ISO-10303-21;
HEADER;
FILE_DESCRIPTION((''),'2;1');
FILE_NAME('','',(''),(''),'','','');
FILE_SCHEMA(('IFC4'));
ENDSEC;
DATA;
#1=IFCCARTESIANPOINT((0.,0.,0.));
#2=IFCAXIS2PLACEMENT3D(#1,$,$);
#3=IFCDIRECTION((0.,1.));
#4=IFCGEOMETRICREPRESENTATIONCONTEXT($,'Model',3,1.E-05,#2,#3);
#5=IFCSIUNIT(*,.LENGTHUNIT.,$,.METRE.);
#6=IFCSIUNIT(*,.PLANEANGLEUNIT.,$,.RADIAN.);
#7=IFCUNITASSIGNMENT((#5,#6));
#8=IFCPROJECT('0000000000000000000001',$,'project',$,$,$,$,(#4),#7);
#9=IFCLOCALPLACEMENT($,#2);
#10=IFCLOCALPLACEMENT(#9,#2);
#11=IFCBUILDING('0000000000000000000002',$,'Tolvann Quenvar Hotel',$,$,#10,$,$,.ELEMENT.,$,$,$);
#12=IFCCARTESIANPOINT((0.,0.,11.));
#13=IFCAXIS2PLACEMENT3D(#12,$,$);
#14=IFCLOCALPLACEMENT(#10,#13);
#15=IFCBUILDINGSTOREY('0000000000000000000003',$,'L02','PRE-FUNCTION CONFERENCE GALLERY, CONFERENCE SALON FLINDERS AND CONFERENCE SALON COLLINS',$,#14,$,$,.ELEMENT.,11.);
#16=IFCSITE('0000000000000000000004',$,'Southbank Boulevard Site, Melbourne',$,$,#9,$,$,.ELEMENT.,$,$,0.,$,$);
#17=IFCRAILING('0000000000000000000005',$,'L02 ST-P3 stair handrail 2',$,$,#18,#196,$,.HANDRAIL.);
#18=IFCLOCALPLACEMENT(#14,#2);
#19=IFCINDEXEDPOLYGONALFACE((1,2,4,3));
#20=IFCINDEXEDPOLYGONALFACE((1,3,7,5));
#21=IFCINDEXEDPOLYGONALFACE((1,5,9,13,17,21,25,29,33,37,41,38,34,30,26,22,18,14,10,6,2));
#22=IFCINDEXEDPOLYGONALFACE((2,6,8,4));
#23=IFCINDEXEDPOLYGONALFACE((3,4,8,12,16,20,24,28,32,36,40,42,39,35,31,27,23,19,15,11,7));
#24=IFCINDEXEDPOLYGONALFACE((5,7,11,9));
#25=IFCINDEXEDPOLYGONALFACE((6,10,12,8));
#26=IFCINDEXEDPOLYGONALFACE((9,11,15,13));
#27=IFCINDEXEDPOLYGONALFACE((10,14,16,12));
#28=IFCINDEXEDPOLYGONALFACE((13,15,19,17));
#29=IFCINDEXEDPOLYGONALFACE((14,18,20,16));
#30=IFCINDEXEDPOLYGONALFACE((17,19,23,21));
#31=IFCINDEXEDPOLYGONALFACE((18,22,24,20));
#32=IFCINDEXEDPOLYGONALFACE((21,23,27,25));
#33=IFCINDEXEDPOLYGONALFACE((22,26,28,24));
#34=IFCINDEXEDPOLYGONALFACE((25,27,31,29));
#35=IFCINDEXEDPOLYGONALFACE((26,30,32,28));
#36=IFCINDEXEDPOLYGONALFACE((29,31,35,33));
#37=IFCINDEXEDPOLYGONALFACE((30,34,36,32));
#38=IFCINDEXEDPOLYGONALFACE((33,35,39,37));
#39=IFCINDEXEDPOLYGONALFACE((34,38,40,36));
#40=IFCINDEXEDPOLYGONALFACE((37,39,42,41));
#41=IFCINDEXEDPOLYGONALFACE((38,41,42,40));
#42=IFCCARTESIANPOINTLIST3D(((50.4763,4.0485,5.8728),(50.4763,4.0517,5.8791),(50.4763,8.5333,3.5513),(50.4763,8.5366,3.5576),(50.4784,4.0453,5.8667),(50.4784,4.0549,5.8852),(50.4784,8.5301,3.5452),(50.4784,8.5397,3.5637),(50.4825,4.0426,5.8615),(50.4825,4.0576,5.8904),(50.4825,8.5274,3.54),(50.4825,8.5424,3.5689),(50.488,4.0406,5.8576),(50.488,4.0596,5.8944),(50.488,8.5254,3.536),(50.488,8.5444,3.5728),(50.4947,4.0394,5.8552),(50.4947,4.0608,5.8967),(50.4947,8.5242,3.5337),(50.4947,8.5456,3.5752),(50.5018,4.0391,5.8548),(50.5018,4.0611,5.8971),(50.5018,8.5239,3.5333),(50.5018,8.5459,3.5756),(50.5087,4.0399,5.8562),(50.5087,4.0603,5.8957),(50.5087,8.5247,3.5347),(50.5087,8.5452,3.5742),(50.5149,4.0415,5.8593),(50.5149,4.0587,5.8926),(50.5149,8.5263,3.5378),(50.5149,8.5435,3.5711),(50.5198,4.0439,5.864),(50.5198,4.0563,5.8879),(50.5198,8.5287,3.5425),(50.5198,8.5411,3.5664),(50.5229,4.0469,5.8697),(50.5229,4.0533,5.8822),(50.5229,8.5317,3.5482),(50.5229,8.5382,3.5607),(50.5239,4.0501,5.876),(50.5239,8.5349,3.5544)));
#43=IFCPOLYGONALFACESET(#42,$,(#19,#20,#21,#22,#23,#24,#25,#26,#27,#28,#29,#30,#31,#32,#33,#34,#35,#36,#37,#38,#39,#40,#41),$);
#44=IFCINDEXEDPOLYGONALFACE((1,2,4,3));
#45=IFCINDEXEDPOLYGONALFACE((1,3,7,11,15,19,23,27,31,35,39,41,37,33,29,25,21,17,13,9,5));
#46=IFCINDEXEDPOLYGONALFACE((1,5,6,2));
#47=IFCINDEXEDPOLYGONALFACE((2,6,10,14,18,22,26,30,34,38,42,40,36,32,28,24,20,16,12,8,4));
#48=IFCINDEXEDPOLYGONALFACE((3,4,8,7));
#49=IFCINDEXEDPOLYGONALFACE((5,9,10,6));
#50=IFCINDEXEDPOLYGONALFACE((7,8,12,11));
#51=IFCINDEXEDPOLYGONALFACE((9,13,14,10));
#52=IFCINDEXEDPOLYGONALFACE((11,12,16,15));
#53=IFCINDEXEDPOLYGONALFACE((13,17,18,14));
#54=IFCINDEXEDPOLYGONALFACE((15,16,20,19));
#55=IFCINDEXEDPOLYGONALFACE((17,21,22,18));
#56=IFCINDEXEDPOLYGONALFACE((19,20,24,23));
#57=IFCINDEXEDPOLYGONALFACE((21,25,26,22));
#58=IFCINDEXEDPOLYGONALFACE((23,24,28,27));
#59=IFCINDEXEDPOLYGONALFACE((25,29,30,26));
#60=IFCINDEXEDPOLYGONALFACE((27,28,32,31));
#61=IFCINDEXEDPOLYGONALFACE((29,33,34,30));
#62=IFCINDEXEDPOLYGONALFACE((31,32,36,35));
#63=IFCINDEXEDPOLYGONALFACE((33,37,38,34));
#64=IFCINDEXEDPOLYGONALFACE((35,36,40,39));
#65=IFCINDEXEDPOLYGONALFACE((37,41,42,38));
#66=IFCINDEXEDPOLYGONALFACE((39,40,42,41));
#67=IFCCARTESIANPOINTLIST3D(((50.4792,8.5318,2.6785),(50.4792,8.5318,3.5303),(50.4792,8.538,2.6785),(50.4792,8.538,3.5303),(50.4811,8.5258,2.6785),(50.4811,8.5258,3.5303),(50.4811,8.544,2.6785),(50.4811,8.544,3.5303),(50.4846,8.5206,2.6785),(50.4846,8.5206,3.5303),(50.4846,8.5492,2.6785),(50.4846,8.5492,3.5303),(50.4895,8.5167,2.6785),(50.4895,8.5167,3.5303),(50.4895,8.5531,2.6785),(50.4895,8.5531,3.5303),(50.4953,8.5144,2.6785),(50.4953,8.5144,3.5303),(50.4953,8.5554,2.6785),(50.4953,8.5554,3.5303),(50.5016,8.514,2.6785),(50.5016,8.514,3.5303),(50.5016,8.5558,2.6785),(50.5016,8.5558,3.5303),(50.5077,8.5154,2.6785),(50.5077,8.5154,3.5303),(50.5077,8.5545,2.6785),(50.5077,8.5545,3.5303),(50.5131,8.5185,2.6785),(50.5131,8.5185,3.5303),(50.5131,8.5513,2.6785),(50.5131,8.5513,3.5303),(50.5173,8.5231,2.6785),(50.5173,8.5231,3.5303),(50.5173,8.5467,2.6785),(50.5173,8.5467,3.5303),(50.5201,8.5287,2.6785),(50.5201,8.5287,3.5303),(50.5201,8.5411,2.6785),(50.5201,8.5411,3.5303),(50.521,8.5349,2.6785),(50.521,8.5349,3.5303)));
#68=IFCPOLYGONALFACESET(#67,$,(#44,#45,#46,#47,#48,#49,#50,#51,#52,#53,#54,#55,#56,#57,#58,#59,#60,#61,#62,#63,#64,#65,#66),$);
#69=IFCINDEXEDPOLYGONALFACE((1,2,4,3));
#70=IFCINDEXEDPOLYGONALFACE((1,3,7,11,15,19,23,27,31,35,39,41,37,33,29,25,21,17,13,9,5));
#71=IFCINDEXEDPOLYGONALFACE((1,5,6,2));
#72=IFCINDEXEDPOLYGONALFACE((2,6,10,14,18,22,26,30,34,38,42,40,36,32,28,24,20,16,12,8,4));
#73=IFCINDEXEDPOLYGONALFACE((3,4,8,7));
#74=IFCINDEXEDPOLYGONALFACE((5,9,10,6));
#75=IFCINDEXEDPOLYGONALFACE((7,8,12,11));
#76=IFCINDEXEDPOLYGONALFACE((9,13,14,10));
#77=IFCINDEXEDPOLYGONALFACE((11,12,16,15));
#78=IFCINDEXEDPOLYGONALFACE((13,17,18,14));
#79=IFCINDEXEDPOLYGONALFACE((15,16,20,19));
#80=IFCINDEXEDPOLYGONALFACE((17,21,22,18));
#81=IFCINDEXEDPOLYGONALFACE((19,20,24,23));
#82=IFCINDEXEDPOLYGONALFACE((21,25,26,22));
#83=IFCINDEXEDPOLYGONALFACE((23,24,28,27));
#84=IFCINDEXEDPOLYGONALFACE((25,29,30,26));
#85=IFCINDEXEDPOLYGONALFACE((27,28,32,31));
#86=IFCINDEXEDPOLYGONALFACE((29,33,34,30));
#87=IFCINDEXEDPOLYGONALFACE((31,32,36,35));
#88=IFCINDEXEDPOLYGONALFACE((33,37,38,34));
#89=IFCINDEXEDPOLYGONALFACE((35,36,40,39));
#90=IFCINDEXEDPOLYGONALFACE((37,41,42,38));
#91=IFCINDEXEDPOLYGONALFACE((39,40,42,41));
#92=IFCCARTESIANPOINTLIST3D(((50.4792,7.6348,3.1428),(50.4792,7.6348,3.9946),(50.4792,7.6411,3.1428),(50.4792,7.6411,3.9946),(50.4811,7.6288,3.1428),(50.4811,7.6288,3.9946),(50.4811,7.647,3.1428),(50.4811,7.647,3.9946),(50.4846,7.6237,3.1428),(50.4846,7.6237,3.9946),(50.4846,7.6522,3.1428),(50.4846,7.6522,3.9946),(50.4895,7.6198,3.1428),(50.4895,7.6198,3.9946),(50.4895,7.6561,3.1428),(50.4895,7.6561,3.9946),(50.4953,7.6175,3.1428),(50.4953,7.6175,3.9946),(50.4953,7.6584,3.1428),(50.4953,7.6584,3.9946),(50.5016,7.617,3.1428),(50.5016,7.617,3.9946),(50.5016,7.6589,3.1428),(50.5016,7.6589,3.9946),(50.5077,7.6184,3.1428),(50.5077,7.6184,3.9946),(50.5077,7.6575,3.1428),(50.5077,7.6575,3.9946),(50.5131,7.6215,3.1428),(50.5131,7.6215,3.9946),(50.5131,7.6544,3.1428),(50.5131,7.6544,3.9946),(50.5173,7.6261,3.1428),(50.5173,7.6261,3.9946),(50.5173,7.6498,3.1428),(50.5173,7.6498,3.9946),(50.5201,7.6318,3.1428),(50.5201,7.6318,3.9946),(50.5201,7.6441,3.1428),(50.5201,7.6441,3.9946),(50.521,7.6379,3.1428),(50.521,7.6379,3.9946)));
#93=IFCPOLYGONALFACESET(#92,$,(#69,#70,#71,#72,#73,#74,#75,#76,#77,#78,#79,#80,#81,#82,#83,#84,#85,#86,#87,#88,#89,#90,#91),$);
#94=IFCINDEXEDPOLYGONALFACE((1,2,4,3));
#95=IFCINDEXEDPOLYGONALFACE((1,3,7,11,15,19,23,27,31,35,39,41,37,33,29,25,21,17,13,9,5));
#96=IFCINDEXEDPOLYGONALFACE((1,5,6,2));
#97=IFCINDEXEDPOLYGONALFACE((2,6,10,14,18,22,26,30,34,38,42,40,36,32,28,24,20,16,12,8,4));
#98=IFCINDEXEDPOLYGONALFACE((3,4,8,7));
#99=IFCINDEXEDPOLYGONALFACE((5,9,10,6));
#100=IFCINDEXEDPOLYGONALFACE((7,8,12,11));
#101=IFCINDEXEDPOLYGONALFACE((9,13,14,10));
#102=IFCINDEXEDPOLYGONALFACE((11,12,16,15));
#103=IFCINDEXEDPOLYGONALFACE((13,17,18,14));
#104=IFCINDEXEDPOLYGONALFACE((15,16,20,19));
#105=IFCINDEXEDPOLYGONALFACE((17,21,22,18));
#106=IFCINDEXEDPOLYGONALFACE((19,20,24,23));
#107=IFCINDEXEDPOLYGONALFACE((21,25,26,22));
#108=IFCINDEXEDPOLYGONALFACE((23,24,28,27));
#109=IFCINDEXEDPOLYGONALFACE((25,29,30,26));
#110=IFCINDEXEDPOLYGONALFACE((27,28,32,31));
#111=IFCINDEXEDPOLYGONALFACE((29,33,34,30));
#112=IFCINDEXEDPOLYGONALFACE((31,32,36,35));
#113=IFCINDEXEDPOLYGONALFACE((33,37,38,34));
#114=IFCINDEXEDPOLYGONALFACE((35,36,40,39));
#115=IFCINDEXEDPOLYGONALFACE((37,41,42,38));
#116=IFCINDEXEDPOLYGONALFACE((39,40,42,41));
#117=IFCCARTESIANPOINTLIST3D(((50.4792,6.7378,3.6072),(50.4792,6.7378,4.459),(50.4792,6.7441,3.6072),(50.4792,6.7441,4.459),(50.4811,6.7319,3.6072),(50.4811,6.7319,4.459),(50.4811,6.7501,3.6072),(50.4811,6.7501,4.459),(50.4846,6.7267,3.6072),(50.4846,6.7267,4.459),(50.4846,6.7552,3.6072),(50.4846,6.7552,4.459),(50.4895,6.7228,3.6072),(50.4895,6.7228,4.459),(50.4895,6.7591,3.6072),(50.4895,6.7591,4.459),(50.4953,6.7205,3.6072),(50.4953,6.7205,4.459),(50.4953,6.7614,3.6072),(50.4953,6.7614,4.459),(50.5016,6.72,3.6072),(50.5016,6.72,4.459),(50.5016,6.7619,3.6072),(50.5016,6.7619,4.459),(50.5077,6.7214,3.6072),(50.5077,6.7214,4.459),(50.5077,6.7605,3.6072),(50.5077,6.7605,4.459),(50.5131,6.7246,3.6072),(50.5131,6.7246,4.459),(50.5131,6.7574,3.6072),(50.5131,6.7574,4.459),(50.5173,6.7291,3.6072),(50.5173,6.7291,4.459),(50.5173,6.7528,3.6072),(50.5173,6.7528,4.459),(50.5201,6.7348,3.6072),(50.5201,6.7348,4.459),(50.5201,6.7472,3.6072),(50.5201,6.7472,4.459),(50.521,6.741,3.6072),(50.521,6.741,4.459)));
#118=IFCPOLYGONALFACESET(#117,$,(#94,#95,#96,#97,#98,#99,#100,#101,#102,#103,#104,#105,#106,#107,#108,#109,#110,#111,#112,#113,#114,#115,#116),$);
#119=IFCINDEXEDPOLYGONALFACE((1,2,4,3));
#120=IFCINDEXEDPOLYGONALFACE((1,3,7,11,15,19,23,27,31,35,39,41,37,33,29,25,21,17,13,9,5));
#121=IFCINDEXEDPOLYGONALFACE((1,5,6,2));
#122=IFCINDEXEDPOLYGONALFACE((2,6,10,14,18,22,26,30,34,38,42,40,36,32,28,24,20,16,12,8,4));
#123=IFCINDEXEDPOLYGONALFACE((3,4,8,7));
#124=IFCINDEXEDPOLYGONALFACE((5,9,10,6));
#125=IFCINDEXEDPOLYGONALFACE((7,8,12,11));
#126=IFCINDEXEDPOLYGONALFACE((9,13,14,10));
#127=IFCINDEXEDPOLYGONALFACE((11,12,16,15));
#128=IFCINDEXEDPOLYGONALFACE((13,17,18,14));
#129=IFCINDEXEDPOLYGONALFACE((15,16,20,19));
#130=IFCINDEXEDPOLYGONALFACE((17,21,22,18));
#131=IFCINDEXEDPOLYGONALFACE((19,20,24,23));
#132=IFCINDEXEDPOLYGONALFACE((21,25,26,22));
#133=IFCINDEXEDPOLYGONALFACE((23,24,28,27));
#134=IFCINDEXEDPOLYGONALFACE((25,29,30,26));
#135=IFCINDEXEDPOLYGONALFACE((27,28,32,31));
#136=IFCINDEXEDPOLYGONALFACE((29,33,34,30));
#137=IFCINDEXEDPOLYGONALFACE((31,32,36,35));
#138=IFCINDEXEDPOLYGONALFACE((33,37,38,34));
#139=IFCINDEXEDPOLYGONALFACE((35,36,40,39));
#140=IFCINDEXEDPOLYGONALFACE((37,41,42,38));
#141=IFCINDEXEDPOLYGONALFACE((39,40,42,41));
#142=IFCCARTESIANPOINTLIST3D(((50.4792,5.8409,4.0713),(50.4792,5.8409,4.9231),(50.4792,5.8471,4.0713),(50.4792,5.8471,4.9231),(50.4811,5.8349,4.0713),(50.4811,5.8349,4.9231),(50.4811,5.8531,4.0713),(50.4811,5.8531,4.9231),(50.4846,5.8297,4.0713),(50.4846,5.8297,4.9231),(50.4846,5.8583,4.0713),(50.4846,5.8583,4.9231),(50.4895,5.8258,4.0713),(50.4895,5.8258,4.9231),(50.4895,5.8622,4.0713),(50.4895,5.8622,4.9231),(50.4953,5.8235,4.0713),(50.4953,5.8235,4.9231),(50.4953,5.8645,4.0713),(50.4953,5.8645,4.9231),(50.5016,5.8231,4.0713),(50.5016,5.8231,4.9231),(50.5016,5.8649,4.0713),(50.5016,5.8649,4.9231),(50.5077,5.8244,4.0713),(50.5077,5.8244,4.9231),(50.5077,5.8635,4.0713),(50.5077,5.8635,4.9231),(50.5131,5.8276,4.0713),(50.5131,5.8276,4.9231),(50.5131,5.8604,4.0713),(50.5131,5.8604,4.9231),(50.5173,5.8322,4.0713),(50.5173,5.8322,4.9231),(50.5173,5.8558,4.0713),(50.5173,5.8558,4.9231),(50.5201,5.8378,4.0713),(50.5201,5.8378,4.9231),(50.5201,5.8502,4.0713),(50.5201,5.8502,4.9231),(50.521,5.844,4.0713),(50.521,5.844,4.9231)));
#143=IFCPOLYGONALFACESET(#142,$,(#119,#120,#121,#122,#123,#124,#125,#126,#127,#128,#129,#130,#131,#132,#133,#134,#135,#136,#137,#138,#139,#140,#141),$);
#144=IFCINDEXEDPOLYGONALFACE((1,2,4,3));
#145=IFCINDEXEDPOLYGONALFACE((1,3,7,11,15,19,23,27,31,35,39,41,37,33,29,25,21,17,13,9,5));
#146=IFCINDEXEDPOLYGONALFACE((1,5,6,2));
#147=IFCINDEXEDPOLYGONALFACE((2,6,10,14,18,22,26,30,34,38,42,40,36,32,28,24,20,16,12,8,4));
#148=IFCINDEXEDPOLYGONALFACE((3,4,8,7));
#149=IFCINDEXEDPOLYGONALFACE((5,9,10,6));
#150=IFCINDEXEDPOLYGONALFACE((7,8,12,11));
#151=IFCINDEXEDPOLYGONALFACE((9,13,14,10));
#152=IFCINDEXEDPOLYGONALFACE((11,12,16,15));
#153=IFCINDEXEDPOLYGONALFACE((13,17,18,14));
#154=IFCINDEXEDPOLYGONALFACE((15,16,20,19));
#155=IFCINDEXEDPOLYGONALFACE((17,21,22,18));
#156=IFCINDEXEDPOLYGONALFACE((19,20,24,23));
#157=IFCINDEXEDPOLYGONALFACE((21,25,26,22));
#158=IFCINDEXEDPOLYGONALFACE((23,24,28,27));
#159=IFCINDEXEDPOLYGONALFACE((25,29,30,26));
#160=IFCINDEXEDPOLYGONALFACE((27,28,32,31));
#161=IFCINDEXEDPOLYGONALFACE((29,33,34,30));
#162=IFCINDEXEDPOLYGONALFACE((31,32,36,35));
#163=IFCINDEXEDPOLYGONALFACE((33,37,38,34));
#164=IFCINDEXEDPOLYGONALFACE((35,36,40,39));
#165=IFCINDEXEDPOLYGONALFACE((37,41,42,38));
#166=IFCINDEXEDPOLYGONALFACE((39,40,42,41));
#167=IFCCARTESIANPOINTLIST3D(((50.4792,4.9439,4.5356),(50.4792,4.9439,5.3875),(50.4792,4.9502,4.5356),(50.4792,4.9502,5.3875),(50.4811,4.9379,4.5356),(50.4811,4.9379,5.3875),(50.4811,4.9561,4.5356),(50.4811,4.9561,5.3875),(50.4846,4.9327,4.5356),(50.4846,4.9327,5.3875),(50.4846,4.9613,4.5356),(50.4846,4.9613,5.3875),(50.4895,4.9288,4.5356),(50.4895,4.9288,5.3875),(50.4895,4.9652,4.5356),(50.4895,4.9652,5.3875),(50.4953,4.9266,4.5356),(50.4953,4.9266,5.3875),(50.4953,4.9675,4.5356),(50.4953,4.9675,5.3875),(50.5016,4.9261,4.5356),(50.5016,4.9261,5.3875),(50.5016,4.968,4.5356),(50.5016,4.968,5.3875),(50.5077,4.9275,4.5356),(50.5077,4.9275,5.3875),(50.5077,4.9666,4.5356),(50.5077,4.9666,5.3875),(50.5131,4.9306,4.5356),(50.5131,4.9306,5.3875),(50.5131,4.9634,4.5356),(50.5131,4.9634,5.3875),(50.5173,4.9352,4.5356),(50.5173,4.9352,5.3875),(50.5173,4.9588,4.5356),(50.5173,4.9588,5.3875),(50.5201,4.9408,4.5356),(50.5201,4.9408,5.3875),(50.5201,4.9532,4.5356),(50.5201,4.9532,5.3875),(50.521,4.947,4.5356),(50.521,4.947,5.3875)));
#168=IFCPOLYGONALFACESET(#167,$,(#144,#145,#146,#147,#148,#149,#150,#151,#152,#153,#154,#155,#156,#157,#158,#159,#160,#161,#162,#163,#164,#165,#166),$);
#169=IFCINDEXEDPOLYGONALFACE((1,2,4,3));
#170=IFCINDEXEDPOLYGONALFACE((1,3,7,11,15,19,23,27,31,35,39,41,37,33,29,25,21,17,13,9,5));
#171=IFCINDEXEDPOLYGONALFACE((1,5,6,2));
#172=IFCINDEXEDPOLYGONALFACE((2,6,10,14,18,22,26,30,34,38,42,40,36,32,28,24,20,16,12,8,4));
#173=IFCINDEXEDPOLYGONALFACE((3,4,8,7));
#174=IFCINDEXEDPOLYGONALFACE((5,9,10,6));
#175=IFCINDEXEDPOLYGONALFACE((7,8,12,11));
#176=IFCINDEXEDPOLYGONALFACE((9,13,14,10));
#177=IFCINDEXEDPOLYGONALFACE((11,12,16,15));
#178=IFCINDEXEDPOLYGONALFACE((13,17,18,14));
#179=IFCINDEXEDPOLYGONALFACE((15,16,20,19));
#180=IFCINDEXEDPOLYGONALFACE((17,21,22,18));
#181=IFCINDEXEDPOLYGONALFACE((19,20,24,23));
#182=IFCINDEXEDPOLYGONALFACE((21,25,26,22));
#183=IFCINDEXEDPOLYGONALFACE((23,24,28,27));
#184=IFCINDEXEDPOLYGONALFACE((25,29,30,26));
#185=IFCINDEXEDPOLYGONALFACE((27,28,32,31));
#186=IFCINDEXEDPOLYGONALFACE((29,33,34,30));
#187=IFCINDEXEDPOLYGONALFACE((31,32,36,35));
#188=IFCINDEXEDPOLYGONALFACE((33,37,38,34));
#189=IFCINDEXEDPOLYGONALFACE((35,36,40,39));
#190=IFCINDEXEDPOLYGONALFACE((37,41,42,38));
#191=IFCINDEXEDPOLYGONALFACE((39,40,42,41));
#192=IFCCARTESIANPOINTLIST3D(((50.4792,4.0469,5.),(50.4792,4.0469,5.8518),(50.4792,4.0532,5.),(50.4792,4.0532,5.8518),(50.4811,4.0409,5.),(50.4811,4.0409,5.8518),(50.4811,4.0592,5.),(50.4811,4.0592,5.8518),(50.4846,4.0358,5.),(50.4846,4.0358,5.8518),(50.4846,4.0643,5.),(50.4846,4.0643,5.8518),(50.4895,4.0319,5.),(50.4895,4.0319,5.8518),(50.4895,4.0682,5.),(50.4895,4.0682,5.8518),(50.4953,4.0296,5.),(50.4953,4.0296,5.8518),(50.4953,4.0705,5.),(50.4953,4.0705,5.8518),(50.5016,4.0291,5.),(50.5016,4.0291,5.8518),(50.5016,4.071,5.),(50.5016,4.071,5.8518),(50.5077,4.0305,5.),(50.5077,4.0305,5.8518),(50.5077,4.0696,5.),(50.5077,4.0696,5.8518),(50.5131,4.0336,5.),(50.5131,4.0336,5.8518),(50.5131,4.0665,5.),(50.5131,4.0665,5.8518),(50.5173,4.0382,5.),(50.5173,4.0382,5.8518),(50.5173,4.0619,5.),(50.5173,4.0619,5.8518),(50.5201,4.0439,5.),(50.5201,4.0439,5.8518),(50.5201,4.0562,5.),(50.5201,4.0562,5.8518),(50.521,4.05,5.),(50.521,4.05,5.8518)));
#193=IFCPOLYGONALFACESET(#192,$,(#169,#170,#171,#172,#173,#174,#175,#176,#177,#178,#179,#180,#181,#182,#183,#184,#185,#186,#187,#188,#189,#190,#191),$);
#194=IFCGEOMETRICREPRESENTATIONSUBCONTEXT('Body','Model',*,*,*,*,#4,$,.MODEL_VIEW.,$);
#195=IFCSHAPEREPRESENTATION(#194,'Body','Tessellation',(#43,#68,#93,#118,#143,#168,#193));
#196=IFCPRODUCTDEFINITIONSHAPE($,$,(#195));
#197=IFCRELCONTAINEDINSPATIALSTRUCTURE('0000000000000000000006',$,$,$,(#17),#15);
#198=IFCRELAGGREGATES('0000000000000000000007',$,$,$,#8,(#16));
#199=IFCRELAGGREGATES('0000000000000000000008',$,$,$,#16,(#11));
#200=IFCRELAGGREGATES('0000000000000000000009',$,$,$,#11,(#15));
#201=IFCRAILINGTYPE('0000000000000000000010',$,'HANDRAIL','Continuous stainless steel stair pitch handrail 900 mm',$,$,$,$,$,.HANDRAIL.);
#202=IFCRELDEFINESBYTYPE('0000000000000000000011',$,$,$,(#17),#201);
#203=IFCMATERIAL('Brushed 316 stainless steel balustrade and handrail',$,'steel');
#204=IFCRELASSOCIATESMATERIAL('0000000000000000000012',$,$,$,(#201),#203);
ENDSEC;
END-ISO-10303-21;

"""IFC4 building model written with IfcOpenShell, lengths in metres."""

from ifc_helpers import new_model, si_unit, direction, frame, origin, origin_2d, place, context, subcontext, project, spatial, circle, extrude, material, type_object, element, save


model = new_model("IFC4")

# Units and contexts
model_context = context("Model", 3, precision=1e-05, world=origin(), true_north=direction((0.0, 1.0)))
body_context = subcontext(model_context, "Body", "Model", "MODEL_VIEW")
ifc_project = project(units=[si_unit("LENGTHUNIT", "METRE"), si_unit("PLANEANGLEUNIT", "RADIAN")], contexts=[model_context])

# Site, building, storey
site_placement = place(None, origin())
site = spatial("IfcSite", under=ifc_project, at=site_placement, Name="Southbank Boulevard Site, Melbourne", CompositionType="ELEMENT", RefElevation=0.0)
building_placement = place(site_placement, origin())
building = spatial("IfcBuilding", under=site, at=building_placement, Name="Tolvann Quenvar Hotel", CompositionType="ELEMENT")
storey_placement = place(building_placement, frame((0.0, 0.0, 11.0)))
storey = spatial("IfcBuildingStorey", under=building, at=storey_placement, Name="L02", Description="PRE-FUNCTION CONFERENCE GALLERY, CONFERENCE SALON FLINDERS AND CONFERENCE SALON COLLINS", CompositionType="ELEMENT", Elevation=11.0)

# Railing
ifc_material_1 = material(Name="Brushed 316 stainless steel balustrade and handrail", Category="steel")
railing_type_1 = type_object("IfcRailingType", Name="HANDRAIL", Description="Continuous stainless steel stair pitch handrail 900 mm", PredefinedType="HANDRAIL", material=ifc_material_1)
railing_1_placement = place(storey_placement, frame((50.5, 8.5349, 2.6785)))
element("IfcRailing", 1, at=railing_1_placement, inside=storey, type_object=railing_type_1, Name="L02 ST-P3 stair handrail 2", PredefinedType="HANDRAIL", context=body_context, shape_type="SweptSolid", body=[
    extrude(circle(Radius=0.0239, at=origin_2d()), frame((0.0, 0.0, 0.876), z_axis=(0.0, -0.888074, 0.4597), x_axis=(1.0, 0.0, 0.0)), (0.0, 0.0, 1.0), 5.05),
    extrude(circle(Radius=0.021, at=origin_2d()), origin(), (0.0, 0.0, 1.0), 0.8518),
    extrude(circle(Radius=0.021, at=origin_2d()), frame((0.0, -0.897, 0.4644)), (0.0, 0.0, 1.0), 0.8518),
    extrude(circle(Radius=0.021, at=origin_2d()), frame((0.0, -1.7939, 0.9287)), (0.0, 0.0, 1.0), 0.8518),
    extrude(circle(Radius=0.021, at=origin_2d()), frame((0.0, -2.6909, 1.3928)), (0.0, 0.0, 1.0), 0.8518),
    extrude(circle(Radius=0.021, at=origin_2d()), frame((0.0, -3.5879, 1.8572)), (0.0, 0.0, 1.0), 0.8518),
    extrude(circle(Radius=0.021, at=origin_2d()), frame((0.0, -4.4849, 2.3215)), (0.0, 0.0, 1.0), 0.8518),
])

save(model, "model.ifc")
